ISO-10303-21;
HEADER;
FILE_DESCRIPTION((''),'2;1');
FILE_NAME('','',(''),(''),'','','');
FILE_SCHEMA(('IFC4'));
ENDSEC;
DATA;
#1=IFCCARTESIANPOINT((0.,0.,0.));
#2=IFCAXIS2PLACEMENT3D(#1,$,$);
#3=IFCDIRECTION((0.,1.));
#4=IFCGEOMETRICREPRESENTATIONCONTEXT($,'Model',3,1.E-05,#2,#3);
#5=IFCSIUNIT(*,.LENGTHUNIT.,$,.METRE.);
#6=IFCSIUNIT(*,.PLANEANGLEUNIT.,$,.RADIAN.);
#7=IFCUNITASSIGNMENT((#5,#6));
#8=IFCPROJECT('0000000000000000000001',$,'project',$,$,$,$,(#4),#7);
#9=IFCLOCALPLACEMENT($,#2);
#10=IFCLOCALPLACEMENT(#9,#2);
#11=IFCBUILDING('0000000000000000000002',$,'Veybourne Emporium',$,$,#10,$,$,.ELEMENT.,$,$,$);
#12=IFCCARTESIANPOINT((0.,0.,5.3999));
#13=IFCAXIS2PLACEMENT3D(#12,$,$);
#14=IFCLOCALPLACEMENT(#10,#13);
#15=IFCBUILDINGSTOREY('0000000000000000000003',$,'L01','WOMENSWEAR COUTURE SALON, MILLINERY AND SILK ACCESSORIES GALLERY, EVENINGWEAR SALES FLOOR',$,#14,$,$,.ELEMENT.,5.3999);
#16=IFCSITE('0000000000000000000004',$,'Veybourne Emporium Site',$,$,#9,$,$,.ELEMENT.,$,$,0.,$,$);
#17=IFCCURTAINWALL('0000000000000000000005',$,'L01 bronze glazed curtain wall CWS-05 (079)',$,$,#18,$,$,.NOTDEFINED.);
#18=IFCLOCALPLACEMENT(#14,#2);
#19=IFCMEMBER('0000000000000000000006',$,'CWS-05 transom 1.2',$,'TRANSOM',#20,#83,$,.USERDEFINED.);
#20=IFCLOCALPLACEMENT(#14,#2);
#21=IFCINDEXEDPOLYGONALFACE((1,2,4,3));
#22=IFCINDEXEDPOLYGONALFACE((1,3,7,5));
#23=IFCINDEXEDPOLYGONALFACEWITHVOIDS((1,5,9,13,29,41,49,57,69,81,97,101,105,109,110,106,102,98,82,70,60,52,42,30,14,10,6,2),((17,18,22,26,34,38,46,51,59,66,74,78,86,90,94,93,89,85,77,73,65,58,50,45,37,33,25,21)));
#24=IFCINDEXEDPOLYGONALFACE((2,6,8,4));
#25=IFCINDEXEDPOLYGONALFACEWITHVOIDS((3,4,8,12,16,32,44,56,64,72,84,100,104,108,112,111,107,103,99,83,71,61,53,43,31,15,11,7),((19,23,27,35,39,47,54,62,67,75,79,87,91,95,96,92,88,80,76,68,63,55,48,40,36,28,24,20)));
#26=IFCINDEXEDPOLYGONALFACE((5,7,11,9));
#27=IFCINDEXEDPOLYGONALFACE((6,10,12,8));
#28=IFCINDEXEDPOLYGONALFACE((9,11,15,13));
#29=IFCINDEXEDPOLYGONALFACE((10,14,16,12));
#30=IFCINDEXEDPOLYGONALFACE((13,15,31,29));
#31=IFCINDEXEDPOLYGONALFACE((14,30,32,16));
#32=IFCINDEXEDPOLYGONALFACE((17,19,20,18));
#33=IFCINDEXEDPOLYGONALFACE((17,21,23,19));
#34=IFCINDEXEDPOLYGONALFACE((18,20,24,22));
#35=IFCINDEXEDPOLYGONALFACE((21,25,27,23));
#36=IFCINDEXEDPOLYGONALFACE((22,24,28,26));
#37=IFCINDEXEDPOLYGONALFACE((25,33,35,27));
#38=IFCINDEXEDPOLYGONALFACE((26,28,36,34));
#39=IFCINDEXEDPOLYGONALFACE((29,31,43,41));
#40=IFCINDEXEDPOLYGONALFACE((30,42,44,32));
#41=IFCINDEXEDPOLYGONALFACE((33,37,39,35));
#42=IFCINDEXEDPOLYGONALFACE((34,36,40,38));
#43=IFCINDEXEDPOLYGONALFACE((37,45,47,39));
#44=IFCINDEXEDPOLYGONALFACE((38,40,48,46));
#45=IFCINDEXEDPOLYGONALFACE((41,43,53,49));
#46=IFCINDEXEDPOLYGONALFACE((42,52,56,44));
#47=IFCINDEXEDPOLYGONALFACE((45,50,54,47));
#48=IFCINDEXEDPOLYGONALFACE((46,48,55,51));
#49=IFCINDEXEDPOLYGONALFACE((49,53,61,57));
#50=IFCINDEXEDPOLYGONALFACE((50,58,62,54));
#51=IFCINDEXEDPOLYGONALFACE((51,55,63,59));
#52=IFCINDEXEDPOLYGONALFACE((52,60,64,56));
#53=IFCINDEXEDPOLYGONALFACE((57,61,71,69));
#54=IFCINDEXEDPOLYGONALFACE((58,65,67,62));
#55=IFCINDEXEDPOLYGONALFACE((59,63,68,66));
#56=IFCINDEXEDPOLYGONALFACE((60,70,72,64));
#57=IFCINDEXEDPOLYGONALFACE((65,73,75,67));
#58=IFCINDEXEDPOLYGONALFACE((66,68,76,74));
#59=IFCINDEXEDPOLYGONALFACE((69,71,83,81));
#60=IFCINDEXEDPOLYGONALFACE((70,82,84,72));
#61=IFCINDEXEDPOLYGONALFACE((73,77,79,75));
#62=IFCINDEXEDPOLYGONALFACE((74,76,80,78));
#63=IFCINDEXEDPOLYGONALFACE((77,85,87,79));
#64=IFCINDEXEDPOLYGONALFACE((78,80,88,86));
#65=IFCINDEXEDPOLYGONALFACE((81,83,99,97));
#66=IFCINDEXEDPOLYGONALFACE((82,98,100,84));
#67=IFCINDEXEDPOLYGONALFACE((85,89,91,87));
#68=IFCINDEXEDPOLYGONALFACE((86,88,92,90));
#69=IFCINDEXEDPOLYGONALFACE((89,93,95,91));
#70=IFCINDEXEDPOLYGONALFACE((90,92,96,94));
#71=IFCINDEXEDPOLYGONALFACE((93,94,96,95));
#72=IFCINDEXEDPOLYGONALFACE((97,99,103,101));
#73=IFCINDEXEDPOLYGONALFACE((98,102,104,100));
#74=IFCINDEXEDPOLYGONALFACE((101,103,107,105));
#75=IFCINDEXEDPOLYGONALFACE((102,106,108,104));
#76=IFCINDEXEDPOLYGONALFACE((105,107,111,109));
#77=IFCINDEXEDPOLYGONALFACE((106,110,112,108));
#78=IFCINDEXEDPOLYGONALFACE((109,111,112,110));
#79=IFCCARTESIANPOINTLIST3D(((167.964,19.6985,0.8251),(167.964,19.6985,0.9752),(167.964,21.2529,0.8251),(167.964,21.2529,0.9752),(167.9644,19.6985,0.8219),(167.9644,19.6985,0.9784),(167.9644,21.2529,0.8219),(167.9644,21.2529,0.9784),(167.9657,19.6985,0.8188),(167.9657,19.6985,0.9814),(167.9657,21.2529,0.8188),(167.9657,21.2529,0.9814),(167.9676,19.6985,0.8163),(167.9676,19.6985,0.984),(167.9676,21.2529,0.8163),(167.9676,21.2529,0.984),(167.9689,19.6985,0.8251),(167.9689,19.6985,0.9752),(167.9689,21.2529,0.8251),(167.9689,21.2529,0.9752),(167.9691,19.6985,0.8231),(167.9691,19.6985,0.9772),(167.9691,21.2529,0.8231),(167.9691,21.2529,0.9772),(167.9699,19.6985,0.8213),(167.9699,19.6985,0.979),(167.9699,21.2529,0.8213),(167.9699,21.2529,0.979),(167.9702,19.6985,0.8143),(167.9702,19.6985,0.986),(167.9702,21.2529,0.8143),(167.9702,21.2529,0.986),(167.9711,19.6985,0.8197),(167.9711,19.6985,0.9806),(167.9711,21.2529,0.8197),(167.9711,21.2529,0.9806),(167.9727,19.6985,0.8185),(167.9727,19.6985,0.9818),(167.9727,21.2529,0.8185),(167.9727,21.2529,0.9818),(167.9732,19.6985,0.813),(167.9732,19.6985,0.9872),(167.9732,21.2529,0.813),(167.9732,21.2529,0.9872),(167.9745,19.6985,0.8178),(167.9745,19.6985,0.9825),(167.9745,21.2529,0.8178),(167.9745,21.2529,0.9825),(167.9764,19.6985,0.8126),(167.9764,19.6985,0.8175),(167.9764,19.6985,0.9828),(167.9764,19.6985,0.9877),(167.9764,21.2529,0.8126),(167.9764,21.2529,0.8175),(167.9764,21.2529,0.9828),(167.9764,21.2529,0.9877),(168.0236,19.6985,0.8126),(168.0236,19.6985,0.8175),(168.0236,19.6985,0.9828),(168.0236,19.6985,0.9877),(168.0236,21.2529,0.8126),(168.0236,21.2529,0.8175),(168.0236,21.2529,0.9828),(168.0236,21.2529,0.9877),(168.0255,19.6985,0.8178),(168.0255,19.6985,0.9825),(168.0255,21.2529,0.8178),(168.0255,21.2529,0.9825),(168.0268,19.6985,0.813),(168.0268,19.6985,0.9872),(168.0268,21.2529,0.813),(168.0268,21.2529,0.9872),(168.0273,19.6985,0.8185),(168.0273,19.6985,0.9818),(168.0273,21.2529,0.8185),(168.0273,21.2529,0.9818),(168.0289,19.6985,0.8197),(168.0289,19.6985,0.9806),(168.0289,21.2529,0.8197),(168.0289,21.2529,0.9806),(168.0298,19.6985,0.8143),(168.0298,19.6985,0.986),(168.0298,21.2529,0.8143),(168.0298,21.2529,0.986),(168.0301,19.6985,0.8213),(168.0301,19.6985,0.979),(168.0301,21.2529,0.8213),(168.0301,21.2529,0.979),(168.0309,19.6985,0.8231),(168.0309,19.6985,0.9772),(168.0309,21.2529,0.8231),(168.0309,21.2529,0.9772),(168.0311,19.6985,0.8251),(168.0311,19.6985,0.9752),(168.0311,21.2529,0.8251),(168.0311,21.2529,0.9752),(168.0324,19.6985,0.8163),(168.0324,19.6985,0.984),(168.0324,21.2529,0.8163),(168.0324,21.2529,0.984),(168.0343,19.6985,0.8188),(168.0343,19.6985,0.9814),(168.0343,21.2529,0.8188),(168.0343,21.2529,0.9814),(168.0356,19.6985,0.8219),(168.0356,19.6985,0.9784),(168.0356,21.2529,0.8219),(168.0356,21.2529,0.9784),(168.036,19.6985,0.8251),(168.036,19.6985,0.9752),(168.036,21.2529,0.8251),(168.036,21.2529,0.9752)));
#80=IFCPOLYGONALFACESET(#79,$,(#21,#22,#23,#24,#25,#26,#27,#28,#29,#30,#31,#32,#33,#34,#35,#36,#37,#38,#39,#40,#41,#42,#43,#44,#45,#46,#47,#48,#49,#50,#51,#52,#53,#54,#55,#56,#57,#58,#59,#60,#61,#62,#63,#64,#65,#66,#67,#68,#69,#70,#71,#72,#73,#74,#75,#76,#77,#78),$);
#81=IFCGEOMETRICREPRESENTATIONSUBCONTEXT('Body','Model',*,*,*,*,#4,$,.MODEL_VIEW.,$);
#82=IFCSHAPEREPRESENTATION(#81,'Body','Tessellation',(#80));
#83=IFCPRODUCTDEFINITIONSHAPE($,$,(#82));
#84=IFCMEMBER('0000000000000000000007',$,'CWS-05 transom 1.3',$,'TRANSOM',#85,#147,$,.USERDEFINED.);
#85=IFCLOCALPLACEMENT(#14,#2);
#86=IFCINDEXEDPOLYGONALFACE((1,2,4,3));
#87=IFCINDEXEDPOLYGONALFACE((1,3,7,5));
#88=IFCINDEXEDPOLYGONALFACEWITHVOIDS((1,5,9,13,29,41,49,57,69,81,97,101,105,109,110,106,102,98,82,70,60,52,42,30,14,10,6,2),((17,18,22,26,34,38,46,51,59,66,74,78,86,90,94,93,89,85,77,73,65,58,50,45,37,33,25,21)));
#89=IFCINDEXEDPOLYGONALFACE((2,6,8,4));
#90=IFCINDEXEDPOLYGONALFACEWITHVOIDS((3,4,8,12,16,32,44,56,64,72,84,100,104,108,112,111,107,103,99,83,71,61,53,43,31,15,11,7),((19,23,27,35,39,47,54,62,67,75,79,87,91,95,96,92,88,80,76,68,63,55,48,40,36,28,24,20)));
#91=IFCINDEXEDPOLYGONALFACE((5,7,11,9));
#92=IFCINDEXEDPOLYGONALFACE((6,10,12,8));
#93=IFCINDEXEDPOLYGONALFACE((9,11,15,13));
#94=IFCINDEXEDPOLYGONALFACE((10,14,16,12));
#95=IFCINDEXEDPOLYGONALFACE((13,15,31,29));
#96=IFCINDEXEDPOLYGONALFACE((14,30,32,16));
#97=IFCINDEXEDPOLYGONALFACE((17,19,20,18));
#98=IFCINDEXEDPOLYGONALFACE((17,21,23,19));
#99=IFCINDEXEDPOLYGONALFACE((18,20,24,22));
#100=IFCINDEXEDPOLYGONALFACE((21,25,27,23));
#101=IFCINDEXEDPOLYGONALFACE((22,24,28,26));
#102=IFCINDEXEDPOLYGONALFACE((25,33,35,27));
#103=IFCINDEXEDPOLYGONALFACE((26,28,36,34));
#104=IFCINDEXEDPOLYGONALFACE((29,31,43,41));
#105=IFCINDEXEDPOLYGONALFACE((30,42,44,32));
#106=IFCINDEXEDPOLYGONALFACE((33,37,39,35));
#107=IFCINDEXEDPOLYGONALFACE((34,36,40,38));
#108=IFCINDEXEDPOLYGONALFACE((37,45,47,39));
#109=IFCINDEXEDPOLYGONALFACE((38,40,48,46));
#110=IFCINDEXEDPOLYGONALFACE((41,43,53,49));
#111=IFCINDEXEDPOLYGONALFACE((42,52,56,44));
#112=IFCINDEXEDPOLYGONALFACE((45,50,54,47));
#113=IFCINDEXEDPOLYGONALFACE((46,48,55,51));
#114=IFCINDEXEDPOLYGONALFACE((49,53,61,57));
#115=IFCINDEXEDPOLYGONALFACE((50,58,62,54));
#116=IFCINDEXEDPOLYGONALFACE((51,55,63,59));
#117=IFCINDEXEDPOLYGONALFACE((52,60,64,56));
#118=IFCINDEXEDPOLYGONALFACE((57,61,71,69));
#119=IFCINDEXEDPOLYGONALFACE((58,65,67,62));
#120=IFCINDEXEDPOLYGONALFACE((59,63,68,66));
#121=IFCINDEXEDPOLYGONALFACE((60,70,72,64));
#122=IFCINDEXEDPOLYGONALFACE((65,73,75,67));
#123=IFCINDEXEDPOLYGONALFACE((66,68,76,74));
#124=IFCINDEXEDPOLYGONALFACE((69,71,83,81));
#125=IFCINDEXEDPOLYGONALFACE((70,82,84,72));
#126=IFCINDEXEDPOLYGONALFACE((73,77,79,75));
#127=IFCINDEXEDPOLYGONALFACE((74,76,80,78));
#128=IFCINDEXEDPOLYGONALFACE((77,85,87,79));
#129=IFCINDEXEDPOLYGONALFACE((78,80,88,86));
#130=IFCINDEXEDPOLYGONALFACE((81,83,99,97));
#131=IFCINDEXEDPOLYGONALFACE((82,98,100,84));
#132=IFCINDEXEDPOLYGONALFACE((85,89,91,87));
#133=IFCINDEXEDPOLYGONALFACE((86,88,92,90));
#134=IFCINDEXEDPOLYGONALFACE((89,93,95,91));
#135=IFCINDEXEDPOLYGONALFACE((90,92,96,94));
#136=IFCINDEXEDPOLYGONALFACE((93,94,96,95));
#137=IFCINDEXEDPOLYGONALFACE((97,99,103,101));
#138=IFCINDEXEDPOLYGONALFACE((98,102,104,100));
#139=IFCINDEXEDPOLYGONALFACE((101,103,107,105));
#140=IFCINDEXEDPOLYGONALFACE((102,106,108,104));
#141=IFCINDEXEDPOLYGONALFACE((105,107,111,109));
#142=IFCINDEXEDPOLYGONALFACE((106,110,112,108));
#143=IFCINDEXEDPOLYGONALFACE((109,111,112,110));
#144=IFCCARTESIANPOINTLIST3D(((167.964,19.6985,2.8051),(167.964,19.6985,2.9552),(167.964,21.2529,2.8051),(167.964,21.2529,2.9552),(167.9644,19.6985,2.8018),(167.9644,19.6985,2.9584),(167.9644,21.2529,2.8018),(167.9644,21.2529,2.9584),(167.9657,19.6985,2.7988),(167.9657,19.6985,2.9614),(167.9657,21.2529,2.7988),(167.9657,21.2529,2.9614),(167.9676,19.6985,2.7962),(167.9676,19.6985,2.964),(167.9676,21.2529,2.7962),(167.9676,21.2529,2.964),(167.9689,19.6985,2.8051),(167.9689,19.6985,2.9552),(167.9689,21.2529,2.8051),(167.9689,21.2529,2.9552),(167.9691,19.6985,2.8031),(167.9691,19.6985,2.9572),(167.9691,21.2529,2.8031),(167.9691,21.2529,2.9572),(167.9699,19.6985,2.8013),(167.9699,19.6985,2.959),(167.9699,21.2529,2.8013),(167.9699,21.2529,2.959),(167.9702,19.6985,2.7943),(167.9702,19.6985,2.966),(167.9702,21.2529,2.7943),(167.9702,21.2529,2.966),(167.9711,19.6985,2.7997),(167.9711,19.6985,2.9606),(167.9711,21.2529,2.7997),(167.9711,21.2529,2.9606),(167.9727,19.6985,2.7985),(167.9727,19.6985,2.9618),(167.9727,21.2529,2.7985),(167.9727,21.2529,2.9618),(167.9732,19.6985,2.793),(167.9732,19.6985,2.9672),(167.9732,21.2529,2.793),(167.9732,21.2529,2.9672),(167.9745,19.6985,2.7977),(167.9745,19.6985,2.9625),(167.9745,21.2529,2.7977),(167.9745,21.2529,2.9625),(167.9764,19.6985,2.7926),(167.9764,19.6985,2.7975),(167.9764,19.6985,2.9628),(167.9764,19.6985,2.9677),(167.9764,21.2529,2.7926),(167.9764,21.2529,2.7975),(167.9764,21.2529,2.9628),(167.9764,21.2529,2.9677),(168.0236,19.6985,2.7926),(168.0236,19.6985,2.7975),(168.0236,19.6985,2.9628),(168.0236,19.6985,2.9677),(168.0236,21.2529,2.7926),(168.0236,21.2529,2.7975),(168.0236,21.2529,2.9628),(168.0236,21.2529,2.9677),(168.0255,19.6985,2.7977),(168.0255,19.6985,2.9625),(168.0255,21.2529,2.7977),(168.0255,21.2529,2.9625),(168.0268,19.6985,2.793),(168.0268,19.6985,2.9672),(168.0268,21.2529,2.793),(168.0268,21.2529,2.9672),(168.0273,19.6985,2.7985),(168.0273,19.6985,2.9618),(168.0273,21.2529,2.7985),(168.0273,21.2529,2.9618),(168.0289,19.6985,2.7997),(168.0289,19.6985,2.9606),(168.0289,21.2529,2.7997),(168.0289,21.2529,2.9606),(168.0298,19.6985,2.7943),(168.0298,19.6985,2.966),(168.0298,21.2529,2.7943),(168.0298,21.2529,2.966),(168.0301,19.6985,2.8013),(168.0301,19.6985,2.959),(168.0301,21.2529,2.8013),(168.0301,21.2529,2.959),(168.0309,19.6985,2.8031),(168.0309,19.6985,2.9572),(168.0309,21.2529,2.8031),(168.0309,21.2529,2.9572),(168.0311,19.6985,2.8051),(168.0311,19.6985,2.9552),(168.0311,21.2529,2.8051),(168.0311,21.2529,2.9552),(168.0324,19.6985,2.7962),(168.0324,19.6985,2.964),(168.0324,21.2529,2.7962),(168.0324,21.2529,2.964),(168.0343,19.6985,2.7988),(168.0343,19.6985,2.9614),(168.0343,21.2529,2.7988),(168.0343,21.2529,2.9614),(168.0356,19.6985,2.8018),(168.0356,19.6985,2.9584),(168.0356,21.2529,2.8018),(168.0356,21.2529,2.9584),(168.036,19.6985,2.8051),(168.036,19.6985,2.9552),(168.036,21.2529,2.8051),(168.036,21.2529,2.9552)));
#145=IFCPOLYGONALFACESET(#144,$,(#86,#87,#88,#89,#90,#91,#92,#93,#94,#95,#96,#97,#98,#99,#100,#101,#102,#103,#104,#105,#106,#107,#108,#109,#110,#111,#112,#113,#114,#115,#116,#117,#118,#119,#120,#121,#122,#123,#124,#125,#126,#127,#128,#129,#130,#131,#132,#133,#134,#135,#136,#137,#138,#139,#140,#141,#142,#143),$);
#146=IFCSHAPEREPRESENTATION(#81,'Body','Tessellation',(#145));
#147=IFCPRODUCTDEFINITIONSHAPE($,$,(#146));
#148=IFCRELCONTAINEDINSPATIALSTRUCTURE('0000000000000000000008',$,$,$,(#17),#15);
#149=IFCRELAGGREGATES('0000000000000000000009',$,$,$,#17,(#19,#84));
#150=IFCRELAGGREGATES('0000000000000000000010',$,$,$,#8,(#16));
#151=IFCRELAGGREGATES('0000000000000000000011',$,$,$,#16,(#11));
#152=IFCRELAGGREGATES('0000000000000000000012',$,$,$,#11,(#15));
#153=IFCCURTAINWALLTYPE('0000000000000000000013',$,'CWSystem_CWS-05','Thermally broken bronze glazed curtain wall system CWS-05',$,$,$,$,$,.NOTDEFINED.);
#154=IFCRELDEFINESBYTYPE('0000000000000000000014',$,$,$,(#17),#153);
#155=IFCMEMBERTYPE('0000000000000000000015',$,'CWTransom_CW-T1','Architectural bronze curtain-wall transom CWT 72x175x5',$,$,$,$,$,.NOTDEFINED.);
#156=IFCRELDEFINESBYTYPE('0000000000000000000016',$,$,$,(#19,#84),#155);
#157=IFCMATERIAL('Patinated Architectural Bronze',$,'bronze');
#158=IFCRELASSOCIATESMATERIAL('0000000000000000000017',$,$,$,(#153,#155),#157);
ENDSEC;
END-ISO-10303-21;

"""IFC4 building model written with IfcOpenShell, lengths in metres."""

from ifc_helpers import new_model, si_unit, direction, frame, origin, origin_2d, place, context, subcontext, project, spatial, hollow_rectangle, extrude, material, material_profile, profile_set, type_object, element, aggregate, save


model = new_model("IFC4")

# Units and contexts
model_context = context("Model", 3, precision=1e-05, world=origin(), true_north=direction((0.0, 1.0)))
body_context = subcontext(model_context, "Body", "Model", "MODEL_VIEW")
ifc_project = project(units=[si_unit("LENGTHUNIT", "METRE"), si_unit("PLANEANGLEUNIT", "RADIAN")], contexts=[model_context])

# Site, building, storey
site_placement = place(None, origin())
site = spatial("IfcSite", under=ifc_project, at=site_placement, Name="Veybourne Emporium Site", CompositionType="ELEMENT", RefElevation=0.0)
building_placement = place(site_placement, origin())
building = spatial("IfcBuilding", under=site, at=building_placement, Name="Veybourne Emporium", CompositionType="ELEMENT")
storey_placement = place(building_placement, frame((0.0, 0.0, 5.3999)))
storey = spatial("IfcBuildingStorey", under=building, at=storey_placement, Name="L01", Description="WOMENSWEAR COUTURE SALON, MILLINERY AND SILK ACCESSORIES GALLERY, EVENINGWEAR SALES FLOOR", CompositionType="ELEMENT", Elevation=5.3999)

# Curtain wall, members
ifc_material_1 = material(Name="Patinated Architectural Bronze", Category="bronze")
curtain_wall_type = type_object("IfcCurtainWallType", Name="CWSystem_CWS-05", Description="Thermally broken bronze glazed curtain wall system CWS-05", PredefinedType="NOTDEFINED", material=ifc_material_1)
curtain_wall_placement = place(storey_placement, origin())
curtain_wall = element("IfcCurtainWall", 1, at=curtain_wall_placement, inside=storey, type_object=curtain_wall_type, Name="L01 bronze glazed curtain wall CWS-05 (079)", PredefinedType="NOTDEFINED")
ifc_material_profile_1 = material_profile(ifc_material_1, hollow_rectangle(XDim=0.072, YDim=0.175, WallThickness=0.0049, InnerFilletRadius=0.0076, OuterFilletRadius=0.0125, at=origin_2d()), Name="CWT 72x175x5")
ifc_profile_set_1 = profile_set([ifc_material_profile_1], Name="Patinated Architectural Bronze")
member_type_1 = type_object("IfcMemberType", Name="CWTransom_CW-T1", Description="Architectural bronze curtain-wall transom CWT 72x175x5", PredefinedType="NOTDEFINED", material=ifc_profile_set_1)
member_1_placement = place(storey_placement, frame((168.0, 21.2529, 0.9001), z_axis=(0.0, -1.0, 0.0), x_axis=(1.0, 0.0, 0.0)))
member_1 = element("IfcMember", 2, at=member_1_placement, type_object=member_type_1, Name="CWS-05 transom 1.2", ObjectType="TRANSOM", PredefinedType="USERDEFINED", context=body_context, shape_type="SweptSolid", body=[
    extrude(hollow_rectangle(XDim=0.072, YDim=0.175, WallThickness=0.0049, InnerFilletRadius=0.0076, OuterFilletRadius=0.0125, at=origin_2d()), origin(), (0.0, 0.0, 1.0), 1.5544),
])
member_2_placement = place(storey_placement, frame((168.0, 21.2529, 2.8801), z_axis=(0.0, -1.0, 0.0), x_axis=(1.0, 0.0, 0.0)))
member_2 = element("IfcMember", 3, at=member_2_placement, type_object=member_type_1, Name="CWS-05 transom 1.3", ObjectType="TRANSOM", PredefinedType="USERDEFINED", context=body_context, shape_type="SweptSolid", body=[
    extrude(hollow_rectangle(XDim=0.072, YDim=0.175, WallThickness=0.0049, InnerFilletRadius=0.0076, OuterFilletRadius=0.0125, at=origin_2d()), origin(), (0.0, 0.0, 1.0), 1.5544),
])
aggregate(curtain_wall, [member_1, member_2])

save(model, "model.ifc")
